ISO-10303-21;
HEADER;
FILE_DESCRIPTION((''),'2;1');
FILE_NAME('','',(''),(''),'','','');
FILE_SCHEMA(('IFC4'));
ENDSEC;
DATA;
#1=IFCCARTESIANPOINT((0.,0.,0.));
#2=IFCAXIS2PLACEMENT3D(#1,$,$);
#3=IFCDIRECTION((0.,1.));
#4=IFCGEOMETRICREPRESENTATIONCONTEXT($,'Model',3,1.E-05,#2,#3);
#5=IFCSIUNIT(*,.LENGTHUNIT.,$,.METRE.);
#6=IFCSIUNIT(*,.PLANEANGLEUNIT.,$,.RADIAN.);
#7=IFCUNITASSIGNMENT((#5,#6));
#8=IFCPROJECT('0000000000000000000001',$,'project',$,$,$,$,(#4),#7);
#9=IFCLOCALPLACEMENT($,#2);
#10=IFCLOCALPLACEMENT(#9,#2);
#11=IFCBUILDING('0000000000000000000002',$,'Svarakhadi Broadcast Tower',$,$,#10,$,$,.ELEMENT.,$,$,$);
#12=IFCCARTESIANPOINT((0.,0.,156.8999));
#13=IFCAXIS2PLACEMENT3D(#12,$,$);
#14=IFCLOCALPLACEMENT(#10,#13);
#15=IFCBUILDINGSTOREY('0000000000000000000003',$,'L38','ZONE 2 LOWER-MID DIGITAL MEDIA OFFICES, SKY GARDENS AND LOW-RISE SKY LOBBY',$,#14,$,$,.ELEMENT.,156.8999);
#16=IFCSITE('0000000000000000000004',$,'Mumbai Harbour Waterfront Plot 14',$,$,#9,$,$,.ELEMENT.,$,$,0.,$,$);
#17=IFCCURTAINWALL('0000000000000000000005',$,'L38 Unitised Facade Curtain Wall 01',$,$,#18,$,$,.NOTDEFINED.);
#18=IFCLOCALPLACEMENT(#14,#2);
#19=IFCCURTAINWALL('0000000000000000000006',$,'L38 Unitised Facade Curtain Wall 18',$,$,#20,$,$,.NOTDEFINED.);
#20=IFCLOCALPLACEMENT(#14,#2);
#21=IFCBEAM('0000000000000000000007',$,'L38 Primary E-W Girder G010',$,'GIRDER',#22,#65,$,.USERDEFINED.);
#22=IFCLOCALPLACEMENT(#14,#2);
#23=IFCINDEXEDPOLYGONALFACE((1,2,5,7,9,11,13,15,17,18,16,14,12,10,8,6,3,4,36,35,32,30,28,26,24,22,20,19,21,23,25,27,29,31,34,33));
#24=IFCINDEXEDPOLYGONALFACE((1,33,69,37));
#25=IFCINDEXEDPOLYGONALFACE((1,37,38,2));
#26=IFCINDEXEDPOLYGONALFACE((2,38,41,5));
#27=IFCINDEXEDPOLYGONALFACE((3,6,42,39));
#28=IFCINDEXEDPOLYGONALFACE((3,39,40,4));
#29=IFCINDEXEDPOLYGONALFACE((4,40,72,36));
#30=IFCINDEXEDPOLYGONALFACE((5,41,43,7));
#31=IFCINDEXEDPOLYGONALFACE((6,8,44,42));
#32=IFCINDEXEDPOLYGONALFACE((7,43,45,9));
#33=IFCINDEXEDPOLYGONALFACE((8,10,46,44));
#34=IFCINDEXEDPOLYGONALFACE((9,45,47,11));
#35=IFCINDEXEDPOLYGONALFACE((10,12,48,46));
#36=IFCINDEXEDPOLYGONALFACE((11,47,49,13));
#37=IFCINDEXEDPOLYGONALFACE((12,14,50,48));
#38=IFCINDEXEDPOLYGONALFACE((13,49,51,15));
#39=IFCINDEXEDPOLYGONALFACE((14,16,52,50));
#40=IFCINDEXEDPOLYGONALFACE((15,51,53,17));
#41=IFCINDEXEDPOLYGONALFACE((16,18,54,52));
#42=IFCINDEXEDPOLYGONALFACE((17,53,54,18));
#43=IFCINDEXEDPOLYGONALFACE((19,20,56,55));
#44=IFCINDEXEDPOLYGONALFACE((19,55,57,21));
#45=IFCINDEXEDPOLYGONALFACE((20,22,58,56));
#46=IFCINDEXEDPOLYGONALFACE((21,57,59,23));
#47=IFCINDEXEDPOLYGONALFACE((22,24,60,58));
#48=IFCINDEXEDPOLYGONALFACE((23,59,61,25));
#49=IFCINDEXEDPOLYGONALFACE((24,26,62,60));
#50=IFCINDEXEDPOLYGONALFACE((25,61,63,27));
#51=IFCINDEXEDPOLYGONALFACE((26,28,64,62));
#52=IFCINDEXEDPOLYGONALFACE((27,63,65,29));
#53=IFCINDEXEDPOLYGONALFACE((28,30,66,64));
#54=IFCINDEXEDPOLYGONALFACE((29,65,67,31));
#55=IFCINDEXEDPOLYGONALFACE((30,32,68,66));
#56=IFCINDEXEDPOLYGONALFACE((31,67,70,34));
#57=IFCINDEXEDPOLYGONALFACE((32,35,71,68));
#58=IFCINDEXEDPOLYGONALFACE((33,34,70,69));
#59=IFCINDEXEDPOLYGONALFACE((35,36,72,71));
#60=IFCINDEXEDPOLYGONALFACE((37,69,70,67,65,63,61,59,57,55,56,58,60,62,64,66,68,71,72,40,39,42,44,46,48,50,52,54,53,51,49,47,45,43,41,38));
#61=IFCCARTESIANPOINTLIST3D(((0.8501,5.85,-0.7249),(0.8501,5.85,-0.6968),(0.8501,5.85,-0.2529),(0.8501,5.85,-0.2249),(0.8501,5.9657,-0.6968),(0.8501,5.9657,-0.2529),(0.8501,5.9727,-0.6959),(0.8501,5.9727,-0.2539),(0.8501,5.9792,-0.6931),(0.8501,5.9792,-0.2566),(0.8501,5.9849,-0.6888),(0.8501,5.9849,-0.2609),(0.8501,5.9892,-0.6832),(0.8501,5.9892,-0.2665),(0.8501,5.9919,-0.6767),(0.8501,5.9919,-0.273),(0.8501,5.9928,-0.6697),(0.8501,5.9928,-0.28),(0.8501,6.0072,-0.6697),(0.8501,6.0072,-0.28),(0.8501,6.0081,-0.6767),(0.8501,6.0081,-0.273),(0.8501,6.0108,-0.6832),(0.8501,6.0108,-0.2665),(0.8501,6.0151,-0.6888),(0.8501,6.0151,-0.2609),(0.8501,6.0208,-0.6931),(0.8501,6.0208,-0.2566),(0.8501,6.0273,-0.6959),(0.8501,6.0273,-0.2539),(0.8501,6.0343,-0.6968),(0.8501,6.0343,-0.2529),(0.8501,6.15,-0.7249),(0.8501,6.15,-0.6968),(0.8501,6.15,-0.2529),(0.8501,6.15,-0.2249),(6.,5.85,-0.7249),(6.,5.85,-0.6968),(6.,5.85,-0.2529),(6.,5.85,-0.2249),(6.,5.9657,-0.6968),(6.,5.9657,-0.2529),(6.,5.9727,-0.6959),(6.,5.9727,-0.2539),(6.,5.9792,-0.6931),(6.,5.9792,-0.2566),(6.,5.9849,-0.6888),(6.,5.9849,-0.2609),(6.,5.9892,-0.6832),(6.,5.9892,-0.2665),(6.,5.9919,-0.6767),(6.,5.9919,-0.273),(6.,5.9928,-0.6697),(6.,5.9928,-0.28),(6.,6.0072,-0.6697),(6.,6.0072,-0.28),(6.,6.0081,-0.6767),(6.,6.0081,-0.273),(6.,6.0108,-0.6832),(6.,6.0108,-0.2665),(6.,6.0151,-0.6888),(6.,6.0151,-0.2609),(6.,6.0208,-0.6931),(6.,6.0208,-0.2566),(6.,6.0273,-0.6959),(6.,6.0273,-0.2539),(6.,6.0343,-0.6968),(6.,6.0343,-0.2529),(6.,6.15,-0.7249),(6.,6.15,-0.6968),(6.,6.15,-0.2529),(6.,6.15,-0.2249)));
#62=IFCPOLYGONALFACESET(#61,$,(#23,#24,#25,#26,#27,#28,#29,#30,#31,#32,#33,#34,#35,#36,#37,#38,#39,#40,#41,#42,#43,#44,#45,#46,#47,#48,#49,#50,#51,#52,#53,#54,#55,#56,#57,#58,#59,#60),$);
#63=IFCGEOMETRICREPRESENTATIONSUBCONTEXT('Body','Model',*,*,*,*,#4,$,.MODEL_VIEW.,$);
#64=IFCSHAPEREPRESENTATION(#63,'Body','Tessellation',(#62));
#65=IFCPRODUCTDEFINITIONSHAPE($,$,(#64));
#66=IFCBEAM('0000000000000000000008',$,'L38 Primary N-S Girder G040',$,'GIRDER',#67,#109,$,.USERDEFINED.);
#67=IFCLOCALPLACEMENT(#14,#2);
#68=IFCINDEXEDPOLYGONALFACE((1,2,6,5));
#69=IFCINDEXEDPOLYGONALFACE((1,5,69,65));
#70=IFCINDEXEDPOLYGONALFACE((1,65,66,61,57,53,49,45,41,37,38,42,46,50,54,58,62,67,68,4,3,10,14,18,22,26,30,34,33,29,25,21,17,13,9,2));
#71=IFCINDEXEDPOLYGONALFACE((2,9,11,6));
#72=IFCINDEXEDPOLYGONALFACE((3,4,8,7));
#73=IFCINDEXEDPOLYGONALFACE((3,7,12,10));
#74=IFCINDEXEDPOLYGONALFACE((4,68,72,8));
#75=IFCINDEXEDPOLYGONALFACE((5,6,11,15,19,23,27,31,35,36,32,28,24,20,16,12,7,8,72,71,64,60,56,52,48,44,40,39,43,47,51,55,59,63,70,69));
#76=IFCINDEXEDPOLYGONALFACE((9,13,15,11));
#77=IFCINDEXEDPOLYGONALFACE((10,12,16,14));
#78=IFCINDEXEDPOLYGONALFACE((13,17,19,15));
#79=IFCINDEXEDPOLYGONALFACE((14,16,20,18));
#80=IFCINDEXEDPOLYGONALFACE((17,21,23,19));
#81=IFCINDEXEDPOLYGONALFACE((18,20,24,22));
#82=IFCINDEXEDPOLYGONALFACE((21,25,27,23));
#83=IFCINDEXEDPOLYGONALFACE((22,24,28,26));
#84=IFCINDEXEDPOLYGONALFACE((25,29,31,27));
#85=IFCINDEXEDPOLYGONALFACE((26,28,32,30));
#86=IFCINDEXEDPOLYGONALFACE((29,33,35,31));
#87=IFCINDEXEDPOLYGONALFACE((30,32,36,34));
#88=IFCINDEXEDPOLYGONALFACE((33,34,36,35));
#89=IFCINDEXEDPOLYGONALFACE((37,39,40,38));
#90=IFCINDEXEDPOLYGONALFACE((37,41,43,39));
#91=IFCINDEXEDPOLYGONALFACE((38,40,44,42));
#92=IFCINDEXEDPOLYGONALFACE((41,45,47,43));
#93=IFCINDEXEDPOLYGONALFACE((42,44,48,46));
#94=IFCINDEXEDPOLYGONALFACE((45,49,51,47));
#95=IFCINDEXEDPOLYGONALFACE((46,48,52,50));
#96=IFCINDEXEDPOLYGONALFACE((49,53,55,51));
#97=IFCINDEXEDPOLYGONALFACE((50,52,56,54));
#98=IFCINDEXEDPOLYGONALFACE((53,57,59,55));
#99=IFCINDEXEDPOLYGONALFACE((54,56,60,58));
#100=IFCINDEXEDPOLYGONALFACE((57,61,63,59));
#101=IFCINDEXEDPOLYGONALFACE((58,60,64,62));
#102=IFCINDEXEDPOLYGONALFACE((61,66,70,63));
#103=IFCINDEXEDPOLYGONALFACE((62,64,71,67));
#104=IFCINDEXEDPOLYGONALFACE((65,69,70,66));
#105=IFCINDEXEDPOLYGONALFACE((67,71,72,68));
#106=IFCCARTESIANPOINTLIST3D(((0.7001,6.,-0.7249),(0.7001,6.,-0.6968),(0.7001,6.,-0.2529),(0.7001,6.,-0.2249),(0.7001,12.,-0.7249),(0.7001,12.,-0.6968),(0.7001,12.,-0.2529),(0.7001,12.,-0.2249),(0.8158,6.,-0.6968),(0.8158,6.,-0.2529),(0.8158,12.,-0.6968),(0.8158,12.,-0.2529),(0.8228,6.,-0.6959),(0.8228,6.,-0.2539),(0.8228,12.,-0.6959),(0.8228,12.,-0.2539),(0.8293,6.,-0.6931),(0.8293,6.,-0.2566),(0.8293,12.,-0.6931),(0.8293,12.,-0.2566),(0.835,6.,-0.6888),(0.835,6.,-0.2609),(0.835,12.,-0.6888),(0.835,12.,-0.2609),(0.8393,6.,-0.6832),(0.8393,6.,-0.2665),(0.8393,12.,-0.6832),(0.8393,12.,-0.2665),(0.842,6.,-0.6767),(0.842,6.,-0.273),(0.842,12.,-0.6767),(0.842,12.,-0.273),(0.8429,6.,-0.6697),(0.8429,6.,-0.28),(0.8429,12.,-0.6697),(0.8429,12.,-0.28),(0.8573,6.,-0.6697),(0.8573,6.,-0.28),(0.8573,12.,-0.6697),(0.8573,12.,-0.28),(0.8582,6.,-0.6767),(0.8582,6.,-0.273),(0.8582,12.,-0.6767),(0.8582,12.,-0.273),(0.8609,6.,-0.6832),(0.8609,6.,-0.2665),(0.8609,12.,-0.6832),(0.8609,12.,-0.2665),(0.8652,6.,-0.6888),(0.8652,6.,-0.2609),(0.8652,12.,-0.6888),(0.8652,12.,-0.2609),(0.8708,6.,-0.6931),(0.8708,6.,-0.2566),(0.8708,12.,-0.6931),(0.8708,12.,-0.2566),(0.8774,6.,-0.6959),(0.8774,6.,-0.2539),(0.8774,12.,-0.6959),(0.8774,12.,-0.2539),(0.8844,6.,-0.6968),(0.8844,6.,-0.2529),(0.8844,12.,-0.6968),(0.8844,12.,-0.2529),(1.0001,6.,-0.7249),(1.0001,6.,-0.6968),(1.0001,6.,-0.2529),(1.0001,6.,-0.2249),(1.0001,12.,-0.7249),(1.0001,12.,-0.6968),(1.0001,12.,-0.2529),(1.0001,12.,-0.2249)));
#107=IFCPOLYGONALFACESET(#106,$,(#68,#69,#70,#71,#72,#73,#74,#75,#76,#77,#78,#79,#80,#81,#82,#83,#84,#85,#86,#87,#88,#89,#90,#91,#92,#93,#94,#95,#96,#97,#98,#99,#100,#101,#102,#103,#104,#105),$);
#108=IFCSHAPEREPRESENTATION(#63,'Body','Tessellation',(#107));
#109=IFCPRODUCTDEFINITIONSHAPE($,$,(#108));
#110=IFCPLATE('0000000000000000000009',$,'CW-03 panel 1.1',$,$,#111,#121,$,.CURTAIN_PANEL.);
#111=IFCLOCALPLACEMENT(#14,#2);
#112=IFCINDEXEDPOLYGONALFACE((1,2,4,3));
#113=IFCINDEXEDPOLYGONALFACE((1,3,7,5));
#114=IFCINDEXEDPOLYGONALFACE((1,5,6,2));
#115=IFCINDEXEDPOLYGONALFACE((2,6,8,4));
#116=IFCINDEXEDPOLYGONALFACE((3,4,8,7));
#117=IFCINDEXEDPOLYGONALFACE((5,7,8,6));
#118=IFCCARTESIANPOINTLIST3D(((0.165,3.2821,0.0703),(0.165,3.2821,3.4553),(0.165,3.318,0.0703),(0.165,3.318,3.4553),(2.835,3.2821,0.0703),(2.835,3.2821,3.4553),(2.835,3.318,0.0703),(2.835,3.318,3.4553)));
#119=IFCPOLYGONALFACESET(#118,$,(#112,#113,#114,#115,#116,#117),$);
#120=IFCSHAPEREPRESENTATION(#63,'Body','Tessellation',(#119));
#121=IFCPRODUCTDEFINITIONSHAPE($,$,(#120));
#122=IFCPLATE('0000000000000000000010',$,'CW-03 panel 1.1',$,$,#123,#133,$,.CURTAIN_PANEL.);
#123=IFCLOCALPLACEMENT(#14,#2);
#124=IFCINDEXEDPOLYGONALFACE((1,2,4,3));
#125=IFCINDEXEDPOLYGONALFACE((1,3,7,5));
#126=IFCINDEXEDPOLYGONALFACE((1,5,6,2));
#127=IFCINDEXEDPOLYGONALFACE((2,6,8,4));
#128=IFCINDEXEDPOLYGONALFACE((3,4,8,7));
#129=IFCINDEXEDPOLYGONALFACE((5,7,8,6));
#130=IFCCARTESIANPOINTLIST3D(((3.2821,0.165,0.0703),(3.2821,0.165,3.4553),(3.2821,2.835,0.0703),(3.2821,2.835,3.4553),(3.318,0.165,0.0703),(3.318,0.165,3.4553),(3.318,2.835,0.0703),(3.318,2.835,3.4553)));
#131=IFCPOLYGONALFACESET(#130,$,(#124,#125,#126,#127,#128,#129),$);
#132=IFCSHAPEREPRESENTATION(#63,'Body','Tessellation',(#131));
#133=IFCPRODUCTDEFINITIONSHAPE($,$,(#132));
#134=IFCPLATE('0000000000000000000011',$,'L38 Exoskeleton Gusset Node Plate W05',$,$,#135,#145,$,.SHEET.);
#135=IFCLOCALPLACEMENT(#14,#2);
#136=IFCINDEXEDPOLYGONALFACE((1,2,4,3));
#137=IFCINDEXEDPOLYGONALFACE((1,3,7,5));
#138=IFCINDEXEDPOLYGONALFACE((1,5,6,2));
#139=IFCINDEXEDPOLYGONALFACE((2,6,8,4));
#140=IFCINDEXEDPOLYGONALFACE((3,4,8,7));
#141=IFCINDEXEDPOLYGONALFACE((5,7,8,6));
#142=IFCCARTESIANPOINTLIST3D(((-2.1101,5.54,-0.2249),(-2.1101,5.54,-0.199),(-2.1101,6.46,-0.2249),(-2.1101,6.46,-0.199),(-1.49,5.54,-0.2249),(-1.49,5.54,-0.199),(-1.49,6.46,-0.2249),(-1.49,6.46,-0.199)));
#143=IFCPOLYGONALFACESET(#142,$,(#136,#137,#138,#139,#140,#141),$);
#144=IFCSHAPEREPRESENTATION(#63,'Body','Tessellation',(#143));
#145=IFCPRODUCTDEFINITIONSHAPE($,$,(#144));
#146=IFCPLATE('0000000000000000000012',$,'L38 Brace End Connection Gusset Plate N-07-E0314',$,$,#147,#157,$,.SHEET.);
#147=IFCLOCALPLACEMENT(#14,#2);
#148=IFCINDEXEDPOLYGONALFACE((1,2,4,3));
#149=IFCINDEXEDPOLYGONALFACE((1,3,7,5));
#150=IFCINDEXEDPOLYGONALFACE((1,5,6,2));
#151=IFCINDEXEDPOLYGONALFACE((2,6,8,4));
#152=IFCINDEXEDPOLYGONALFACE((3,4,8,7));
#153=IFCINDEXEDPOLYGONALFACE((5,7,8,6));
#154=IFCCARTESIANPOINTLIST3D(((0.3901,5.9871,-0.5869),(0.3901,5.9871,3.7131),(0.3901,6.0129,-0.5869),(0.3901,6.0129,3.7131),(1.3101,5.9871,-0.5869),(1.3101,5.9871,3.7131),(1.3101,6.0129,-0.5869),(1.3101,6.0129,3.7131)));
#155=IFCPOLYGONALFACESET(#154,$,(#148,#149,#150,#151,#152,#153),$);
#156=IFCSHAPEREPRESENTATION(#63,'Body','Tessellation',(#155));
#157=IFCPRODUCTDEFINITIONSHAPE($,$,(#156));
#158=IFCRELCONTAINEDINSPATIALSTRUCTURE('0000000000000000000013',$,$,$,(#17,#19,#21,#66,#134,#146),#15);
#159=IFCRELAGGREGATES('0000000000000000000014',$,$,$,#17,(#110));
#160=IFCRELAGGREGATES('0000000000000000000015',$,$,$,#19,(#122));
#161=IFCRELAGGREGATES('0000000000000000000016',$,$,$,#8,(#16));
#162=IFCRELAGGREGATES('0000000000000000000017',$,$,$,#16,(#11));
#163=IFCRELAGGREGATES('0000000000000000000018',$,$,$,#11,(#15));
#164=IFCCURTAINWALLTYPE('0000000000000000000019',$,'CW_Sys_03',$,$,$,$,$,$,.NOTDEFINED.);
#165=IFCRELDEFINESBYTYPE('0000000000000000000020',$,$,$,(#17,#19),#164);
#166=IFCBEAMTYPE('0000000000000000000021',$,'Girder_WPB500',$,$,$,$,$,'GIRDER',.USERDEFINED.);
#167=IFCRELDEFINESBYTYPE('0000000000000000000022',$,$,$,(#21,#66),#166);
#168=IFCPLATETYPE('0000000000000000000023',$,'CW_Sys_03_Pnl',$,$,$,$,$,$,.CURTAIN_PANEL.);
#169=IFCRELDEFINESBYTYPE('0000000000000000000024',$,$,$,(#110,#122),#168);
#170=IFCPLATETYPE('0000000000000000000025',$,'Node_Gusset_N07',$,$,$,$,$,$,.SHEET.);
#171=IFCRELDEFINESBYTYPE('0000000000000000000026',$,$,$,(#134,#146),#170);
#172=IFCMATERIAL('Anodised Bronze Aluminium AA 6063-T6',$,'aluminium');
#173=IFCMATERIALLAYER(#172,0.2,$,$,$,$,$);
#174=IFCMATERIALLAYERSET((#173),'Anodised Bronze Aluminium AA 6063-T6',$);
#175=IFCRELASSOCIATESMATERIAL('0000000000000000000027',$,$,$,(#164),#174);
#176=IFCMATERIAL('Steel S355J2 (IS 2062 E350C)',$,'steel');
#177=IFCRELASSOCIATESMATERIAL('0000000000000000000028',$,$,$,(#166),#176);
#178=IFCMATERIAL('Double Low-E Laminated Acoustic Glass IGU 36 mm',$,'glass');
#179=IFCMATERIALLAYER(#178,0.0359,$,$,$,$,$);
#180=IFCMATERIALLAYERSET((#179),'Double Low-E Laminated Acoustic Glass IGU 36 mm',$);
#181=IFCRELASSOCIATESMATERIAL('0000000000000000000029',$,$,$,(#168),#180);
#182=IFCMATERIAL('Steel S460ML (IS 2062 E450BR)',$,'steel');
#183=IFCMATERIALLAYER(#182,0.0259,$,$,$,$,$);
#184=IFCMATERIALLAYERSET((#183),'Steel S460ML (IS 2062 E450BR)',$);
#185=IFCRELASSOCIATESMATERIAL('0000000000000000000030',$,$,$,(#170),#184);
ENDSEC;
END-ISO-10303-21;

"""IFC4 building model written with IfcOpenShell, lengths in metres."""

from ifc_helpers import new_model, si_unit, direction, frame, origin, origin_2d, place, context, subcontext, project, spatial, rectangle, i_section, extrude, material, layer, layer_set, material_profile, profile_set, type_object, element, aggregate, save


model = new_model("IFC4")

# Units and contexts
model_context = context("Model", 3, precision=1e-05, world=origin(), true_north=direction((0.0, 1.0)))
body_context = subcontext(model_context, "Body", "Model", "MODEL_VIEW")
ifc_project = project(units=[si_unit("LENGTHUNIT", "METRE"), si_unit("PLANEANGLEUNIT", "RADIAN")], contexts=[model_context])

# Site, building, storey
site_placement = place(None, origin())
site = spatial("IfcSite", under=ifc_project, at=site_placement, Name="Mumbai Harbour Waterfront Plot 14", CompositionType="ELEMENT", RefElevation=0.0)
building_placement = place(site_placement, origin())
building = spatial("IfcBuilding", under=site, at=building_placement, Name="Svarakhadi Broadcast Tower", CompositionType="ELEMENT")
storey_placement = place(building_placement, frame((0.0, 0.0, 156.8999)))
storey = spatial("IfcBuildingStorey", under=building, at=storey_placement, Name="L38", Description="ZONE 2 LOWER-MID DIGITAL MEDIA OFFICES, SKY GARDENS AND LOW-RISE SKY LOBBY", CompositionType="ELEMENT", Elevation=156.8999)

# Shared definitions
ifc_material_1 = material(Name="Steel S460ML (IS 2062 E450BR)", Category="steel")

# Curtain wall
ifc_material_2 = material(Name="Anodised Bronze Aluminium AA 6063-T6", Category="aluminium")
ifc_layer_1 = layer(ifc_material_2, 0.2)
ifc_layer_set_1 = layer_set([ifc_layer_1], Name="Anodised Bronze Aluminium AA 6063-T6")
curtain_wall_type = type_object("IfcCurtainWallType", Name="CW_Sys_03", PredefinedType="NOTDEFINED", material=ifc_layer_set_1)
curtain_wall_1_placement = place(storey_placement, origin())
curtain_wall_1 = element("IfcCurtainWall", 1, at=curtain_wall_1_placement, inside=storey, type_object=curtain_wall_type, Name="L38 Unitised Facade Curtain Wall 01", PredefinedType="NOTDEFINED")

# Curtain wall
curtain_wall_2_placement = place(storey_placement, origin())
curtain_wall_2 = element("IfcCurtainWall", 2, at=curtain_wall_2_placement, inside=storey, type_object=curtain_wall_type, Name="L38 Unitised Facade Curtain Wall 18", PredefinedType="NOTDEFINED")

# Beams
ifc_material_3 = material(Name="Steel S355J2 (IS 2062 E350C)", Category="steel")
ifc_material_profile_1 = material_profile(ifc_material_3, i_section(OverallWidth=0.3, OverallDepth=0.5, WebThickness=0.0144, FlangeThickness=0.0281, FilletRadius=0.0271, at=origin_2d()), Name="WPB 500x300x187")
ifc_profile_set_1 = profile_set([ifc_material_profile_1], Name="Steel S355J2 (IS 2062 E350C)")
beam_type = type_object("IfcBeamType", Name="Girder_WPB500", ElementType="GIRDER", PredefinedType="USERDEFINED", material=ifc_profile_set_1)
beam_1_placement = place(storey_placement, frame((0.8501, 6.0, -0.4749), z_axis=(1.0, 0.0, 0.0), x_axis=(0.0, 1.0, 0.0)))
element("IfcBeam", 3, at=beam_1_placement, inside=storey, type_object=beam_type, Name="L38 Primary E-W Girder G010", ObjectType="GIRDER", PredefinedType="USERDEFINED", context=body_context, shape_type="SweptSolid", body=[
    extrude(i_section(OverallWidth=0.3, OverallDepth=0.5, WebThickness=0.0144, FlangeThickness=0.0281, FilletRadius=0.0271, at=origin_2d()), origin(), (0.0, 0.0, 1.0), 5.1499),
])
beam_2_placement = place(storey_placement, frame((0.8501, 6.0, -0.4749), z_axis=(0.0, 1.0, 0.0), x_axis=(-1.0, 0.0, 0.0)))
element("IfcBeam", 4, at=beam_2_placement, inside=storey, type_object=beam_type, Name="L38 Primary N-S Girder G040", ObjectType="GIRDER", PredefinedType="USERDEFINED", context=body_context, shape_type="SweptSolid", body=[
    extrude(i_section(OverallWidth=0.3, OverallDepth=0.5, WebThickness=0.0144, FlangeThickness=0.0281, FilletRadius=0.0271, at=origin_2d()), origin(), (0.0, 0.0, 1.0), 6.0),
])

# Plates
ifc_material_4 = material(Name="Double Low-E Laminated Acoustic Glass IGU 36 mm", Category="glass")
ifc_layer_2 = layer(ifc_material_4, 0.0359)
ifc_layer_set_2 = layer_set([ifc_layer_2], Name="Double Low-E Laminated Acoustic Glass IGU 36 mm")
plate_type_1 = type_object("IfcPlateType", Name="CW_Sys_03_Pnl", PredefinedType="CURTAIN_PANEL", material=ifc_layer_set_2)
plate_1_placement = place(storey_placement, frame((1.5, 3.3, 0.0703), z_axis=(0.0, 0.0, 1.0), x_axis=(-1.0, 0.0, 0.0)))
plate_1 = element("IfcPlate", 5, at=plate_1_placement, type_object=plate_type_1, Name="CW-03 panel 1.1", PredefinedType="CURTAIN_PANEL", context=body_context, shape_type="SweptSolid", body=[
    extrude(rectangle(XDim=2.6699, YDim=0.0359, at=origin_2d()), origin(), (0.0, 0.0, 1.0), 3.385),
])
aggregate(curtain_wall_1, [plate_1])
plate_2_placement = place(storey_placement, frame((3.3, 1.5, 0.0703), z_axis=(0.0, 0.0, 1.0), x_axis=(0.0, 1.0, 0.0)))
plate_2 = element("IfcPlate", 6, at=plate_2_placement, type_object=plate_type_1, Name="CW-03 panel 1.1", PredefinedType="CURTAIN_PANEL", context=body_context, shape_type="SweptSolid", body=[
    extrude(rectangle(XDim=2.6699, YDim=0.0359, at=origin_2d()), origin(), (0.0, 0.0, 1.0), 3.385),
])
aggregate(curtain_wall_2, [plate_2])

# Plates
ifc_layer_3 = layer(ifc_material_1, 0.0259)
ifc_layer_set_3 = layer_set([ifc_layer_3], Name="Steel S460ML (IS 2062 E450BR)")
plate_type_2 = type_object("IfcPlateType", Name="Node_Gusset_N07", PredefinedType="SHEET", material=ifc_layer_set_3)
plate_3_placement = place(storey_placement, frame((-1.8, 6.0, -0.2249), z_axis=(0.0, 0.0, 1.0), x_axis=(0.0, 1.0, 0.0)))
element("IfcPlate", 7, at=plate_3_placement, inside=storey, type_object=plate_type_2, Name="L38 Exoskeleton Gusset Node Plate W05", PredefinedType="SHEET", context=body_context, shape_type="SweptSolid", body=[
    extrude(rectangle(XDim=0.9199, YDim=0.6201, at=origin_2d()), origin(), (0.0, 0.0, 1.0), 0.0259),
])
plate_4_placement = place(storey_placement, frame((0.8501, 6.0, -0.5869), z_axis=(0.0, 0.0, 1.0), x_axis=(1.0, 0.0, 0.0)))
element("IfcPlate", 8, at=plate_4_placement, inside=storey, type_object=plate_type_2, Name="L38 Brace End Connection Gusset Plate N-07-E0314", PredefinedType="SHEET", context=body_context, shape_type="SweptSolid", body=[
    extrude(rectangle(XDim=0.9199, YDim=0.0259, at=origin_2d()), origin(), (0.0, 0.0, 1.0), 4.3),
])

save(model, "model.ifc")
